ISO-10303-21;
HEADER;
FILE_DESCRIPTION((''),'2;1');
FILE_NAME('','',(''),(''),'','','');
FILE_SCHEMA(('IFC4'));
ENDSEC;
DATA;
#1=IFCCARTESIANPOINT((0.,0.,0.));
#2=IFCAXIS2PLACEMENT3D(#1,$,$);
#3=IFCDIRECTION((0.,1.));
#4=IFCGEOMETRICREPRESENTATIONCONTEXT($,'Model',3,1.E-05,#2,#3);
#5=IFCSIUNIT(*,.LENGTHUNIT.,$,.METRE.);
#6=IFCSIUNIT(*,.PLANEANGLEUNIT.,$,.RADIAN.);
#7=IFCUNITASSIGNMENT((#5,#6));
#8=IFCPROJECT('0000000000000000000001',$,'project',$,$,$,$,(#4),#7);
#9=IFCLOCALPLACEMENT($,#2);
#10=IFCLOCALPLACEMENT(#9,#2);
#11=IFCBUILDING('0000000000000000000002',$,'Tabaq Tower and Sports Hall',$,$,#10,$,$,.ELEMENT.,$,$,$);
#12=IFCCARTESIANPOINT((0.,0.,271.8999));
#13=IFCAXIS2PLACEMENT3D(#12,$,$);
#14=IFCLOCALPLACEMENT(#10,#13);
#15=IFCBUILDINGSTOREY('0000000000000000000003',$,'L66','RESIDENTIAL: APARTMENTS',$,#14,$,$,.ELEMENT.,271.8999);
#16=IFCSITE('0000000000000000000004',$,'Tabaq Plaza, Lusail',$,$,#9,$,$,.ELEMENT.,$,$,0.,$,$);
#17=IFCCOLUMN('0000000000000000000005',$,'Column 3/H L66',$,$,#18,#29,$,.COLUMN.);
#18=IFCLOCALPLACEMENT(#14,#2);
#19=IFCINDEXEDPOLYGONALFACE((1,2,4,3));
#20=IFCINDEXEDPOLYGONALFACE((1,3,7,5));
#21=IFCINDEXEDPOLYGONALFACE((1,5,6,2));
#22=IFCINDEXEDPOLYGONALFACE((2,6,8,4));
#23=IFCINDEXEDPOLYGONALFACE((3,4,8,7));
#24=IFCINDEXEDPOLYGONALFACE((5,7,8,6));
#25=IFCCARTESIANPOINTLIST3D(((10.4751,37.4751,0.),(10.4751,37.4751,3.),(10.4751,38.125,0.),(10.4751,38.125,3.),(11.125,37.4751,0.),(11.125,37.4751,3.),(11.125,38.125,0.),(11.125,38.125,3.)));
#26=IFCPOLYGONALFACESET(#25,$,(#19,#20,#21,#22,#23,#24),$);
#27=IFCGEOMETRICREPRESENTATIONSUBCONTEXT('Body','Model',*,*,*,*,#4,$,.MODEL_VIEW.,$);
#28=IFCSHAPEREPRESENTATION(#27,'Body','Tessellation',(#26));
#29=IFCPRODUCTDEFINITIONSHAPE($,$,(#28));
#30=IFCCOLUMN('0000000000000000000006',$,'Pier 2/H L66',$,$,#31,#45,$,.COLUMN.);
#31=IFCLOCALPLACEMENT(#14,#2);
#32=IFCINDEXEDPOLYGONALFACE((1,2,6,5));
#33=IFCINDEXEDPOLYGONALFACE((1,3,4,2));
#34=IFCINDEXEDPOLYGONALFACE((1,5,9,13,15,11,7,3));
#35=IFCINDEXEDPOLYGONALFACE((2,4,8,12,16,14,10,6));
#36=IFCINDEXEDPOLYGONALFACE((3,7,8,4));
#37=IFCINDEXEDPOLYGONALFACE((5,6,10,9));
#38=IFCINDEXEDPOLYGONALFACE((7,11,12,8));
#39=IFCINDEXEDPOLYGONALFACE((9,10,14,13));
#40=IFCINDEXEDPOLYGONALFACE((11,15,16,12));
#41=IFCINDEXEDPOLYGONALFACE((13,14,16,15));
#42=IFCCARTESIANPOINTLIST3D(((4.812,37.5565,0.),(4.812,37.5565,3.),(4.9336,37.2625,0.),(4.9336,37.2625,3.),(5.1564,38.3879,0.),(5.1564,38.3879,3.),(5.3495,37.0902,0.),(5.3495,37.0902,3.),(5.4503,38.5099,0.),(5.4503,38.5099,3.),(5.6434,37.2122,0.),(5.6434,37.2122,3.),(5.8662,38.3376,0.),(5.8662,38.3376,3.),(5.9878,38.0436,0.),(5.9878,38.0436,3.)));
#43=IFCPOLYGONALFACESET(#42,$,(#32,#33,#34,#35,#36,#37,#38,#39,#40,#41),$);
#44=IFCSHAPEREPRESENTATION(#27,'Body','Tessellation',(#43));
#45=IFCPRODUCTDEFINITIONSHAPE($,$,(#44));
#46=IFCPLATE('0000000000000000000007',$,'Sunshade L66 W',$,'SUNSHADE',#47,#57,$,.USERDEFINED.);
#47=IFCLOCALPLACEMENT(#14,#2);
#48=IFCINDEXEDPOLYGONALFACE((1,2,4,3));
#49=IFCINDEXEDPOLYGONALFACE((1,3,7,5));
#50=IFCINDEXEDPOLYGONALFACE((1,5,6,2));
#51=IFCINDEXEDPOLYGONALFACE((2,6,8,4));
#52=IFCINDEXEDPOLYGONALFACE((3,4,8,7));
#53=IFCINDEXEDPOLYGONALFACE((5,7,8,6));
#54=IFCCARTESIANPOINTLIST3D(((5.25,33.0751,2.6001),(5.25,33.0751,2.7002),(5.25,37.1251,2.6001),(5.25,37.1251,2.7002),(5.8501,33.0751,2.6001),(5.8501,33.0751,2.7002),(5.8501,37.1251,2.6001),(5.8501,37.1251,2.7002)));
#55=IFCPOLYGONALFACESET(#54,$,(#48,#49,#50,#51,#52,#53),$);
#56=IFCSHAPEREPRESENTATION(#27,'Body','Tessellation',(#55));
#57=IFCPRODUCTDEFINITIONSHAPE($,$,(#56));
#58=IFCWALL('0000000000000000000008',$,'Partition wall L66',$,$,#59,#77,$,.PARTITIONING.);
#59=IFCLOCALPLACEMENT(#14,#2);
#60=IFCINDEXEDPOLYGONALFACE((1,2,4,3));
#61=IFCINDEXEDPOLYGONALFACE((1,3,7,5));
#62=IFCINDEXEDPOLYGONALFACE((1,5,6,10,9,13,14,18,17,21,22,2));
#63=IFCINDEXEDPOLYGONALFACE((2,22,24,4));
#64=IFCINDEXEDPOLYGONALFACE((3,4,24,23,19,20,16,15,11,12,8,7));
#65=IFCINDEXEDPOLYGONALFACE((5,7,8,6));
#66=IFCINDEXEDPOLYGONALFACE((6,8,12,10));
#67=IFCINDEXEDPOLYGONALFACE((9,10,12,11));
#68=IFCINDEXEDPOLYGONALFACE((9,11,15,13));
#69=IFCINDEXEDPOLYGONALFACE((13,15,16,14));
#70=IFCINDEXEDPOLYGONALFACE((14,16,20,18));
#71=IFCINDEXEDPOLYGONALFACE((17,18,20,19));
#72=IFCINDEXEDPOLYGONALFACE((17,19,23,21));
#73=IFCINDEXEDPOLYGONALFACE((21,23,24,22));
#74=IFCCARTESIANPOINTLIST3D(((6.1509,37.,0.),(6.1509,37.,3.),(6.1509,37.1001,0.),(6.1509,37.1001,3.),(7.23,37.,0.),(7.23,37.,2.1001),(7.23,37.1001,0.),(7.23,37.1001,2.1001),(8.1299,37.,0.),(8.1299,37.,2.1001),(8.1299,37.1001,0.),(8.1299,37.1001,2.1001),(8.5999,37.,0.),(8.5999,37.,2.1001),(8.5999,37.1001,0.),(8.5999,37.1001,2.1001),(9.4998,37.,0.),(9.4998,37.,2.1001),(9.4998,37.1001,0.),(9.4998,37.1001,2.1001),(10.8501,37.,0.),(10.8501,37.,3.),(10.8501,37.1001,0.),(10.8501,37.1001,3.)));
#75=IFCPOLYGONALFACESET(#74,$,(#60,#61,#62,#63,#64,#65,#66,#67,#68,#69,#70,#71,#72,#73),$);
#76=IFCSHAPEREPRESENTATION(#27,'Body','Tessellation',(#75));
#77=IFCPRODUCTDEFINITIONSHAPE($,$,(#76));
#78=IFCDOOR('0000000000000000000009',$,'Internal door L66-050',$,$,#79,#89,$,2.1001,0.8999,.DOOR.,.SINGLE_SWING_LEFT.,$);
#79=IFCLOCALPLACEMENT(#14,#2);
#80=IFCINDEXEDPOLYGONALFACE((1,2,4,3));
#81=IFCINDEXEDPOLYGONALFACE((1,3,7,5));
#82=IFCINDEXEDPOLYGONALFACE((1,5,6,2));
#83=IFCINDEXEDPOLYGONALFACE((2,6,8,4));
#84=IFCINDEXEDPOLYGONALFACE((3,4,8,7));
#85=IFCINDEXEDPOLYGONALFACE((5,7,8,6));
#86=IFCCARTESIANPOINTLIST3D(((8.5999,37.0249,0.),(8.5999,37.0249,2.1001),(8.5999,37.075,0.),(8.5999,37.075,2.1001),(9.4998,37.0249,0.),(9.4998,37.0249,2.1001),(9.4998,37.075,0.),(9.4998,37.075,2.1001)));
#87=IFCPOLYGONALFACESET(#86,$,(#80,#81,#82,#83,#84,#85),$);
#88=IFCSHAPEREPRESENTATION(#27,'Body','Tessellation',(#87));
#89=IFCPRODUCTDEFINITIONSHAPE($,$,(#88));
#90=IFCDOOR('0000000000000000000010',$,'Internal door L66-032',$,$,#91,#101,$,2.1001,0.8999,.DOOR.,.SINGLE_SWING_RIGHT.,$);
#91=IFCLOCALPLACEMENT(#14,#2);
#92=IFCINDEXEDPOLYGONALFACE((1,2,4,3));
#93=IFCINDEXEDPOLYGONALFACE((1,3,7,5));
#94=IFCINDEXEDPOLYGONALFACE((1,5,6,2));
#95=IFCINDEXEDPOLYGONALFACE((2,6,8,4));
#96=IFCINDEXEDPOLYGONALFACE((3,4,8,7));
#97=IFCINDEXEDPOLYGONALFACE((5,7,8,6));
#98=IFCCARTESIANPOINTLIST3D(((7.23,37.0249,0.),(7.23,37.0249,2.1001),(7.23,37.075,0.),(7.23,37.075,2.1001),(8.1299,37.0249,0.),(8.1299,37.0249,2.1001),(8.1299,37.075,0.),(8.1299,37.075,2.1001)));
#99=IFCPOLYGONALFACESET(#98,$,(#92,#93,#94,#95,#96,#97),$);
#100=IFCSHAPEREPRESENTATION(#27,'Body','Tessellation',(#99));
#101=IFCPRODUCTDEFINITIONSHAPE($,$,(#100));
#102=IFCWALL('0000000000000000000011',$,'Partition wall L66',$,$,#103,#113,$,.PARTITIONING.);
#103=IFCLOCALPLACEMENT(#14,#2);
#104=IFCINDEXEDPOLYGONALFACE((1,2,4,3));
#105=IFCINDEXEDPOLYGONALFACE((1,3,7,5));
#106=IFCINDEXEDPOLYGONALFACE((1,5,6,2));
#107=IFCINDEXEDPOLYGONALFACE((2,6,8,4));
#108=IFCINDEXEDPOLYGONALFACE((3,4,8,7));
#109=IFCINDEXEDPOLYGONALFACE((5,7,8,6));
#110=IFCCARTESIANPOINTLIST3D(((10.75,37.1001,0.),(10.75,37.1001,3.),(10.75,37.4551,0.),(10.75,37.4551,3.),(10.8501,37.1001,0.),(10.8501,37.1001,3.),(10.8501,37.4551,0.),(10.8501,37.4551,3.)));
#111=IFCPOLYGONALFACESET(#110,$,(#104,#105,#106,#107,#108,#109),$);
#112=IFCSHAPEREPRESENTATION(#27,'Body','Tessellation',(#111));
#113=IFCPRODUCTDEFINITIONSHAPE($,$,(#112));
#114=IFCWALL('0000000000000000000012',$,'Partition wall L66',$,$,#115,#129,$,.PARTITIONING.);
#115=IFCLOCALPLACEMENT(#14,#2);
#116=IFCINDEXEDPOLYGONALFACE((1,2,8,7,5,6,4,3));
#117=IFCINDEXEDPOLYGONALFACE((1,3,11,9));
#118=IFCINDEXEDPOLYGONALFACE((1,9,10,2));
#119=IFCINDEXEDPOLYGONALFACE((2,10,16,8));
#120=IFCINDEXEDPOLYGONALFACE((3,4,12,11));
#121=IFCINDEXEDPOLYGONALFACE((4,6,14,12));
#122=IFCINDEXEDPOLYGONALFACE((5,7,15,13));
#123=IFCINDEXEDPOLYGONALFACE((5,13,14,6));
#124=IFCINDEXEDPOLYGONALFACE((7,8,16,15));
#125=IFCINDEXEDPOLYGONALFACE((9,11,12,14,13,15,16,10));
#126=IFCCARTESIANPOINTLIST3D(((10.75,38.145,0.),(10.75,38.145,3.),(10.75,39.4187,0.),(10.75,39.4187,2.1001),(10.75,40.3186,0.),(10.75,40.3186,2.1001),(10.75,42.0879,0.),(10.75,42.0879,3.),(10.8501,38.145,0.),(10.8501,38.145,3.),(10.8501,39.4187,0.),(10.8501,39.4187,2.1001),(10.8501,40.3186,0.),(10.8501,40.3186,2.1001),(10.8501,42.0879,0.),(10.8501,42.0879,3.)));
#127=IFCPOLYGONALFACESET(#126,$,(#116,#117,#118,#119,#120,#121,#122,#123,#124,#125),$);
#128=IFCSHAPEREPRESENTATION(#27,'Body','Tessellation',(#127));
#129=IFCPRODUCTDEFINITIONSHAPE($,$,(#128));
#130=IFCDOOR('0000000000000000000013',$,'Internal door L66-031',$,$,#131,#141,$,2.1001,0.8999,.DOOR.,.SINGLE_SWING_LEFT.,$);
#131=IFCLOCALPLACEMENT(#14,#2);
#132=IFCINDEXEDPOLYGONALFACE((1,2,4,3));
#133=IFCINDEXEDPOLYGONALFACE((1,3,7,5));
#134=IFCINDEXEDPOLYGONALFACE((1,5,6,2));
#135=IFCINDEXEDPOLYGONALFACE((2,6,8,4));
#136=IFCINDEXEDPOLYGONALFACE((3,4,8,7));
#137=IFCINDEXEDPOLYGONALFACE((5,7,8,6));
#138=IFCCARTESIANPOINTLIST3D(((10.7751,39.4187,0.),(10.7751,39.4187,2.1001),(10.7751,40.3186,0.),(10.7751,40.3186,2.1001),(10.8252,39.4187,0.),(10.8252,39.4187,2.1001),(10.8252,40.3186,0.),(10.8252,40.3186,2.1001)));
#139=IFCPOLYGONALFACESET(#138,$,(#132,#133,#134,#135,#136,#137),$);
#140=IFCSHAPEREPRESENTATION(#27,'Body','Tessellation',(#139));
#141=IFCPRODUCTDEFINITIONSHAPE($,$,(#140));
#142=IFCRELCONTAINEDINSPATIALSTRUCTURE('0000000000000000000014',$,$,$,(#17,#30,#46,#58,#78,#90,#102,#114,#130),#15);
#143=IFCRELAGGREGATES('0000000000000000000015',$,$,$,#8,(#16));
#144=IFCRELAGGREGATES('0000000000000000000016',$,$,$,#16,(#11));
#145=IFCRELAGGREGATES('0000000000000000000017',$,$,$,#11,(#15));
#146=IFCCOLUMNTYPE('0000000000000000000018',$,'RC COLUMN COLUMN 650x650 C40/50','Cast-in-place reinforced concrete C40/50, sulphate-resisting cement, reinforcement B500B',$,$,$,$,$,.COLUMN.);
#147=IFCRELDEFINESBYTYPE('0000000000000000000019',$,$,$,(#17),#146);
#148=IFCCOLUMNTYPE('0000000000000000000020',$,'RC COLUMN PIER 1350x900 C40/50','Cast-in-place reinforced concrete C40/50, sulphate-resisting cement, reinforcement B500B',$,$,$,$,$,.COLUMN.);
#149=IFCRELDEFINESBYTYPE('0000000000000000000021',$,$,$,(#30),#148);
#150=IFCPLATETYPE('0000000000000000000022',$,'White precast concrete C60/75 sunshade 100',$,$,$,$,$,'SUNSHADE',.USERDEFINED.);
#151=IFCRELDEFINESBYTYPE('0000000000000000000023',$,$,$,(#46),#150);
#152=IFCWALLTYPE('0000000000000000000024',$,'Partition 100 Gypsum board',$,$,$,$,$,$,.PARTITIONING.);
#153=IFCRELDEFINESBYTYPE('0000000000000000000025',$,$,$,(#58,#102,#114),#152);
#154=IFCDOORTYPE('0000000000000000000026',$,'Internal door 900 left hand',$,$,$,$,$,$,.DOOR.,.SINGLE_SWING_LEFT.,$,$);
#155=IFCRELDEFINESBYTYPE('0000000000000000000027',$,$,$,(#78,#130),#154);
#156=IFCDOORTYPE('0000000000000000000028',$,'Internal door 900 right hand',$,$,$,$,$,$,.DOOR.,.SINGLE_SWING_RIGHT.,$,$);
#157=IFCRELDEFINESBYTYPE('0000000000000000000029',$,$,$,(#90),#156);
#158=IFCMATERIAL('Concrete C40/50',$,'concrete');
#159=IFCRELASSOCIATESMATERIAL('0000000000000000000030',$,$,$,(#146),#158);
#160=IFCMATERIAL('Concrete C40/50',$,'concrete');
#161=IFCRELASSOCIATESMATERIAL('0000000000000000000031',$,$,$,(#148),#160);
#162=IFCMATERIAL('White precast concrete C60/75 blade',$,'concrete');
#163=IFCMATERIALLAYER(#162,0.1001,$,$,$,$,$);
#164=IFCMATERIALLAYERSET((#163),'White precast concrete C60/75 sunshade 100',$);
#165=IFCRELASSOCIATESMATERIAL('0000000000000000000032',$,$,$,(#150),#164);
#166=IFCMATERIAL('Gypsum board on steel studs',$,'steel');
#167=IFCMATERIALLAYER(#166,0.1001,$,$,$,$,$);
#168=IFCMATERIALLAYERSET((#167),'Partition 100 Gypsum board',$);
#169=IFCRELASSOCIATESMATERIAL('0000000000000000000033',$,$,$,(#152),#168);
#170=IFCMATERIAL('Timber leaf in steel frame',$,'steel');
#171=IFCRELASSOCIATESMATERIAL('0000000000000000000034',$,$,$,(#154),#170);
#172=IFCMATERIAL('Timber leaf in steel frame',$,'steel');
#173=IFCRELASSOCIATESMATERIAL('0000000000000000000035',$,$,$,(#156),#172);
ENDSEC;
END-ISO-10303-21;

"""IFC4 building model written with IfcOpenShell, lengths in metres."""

from ifc_helpers import new_model, si_unit, direction, frame, frame_2d, origin, origin_2d, place, context, subcontext, project, spatial, polyline, rectangle, outline, extrude, material, layer, layer_set, material_profile, profile_set, type_object, element, fill, save


model = new_model("IFC4")

# Units and contexts
model_context = context("Model", 3, precision=1e-05, world=origin(), true_north=direction((0.0, 1.0)))
body_context = subcontext(model_context, "Body", "Model", "MODEL_VIEW")
ifc_project = project(units=[si_unit("LENGTHUNIT", "METRE"), si_unit("PLANEANGLEUNIT", "RADIAN")], contexts=[model_context])

# Site, building, storey
site_placement = place(None, origin())
site = spatial("IfcSite", under=ifc_project, at=site_placement, Name="Tabaq Plaza, Lusail", CompositionType="ELEMENT", RefElevation=0.0)
building_placement = place(site_placement, origin())
building = spatial("IfcBuilding", under=site, at=building_placement, Name="Tabaq Tower and Sports Hall", CompositionType="ELEMENT")
storey_placement = place(building_placement, frame((0.0, 0.0, 271.8999)))
storey = spatial("IfcBuildingStorey", under=building, at=storey_placement, Name="L66", Description="RESIDENTIAL: APARTMENTS", CompositionType="ELEMENT", Elevation=271.8999)

# Columns
ifc_material_1 = material(Name="Concrete C40/50", Category="concrete")
ifc_material_profile_1 = material_profile(ifc_material_1, rectangle(XDim=0.6499, YDim=0.6499, at=origin_2d()), Name="COLUMN 650x650")
ifc_profile_set_1 = profile_set([ifc_material_profile_1], Name="Concrete C40/50")
column_type_1 = type_object("IfcColumnType", Name="RC COLUMN COLUMN 650x650 C40/50", Description="Cast-in-place reinforced concrete C40/50, sulphate-resisting cement, reinforcement B500B", PredefinedType="COLUMN", material=ifc_profile_set_1)
column_1_placement = place(storey_placement, frame((10.8, 37.8, 0.0), z_axis=(0.0, 0.0, 1.0), x_axis=(1.0, 0.0, 0.0)))
element("IfcColumn", 1, at=column_1_placement, inside=storey, type_object=column_type_1, Name="Column 3/H L66", PredefinedType="COLUMN", context=body_context, shape_type="SweptSolid", body=[
    extrude(rectangle(XDim=0.6499, YDim=0.6499, at=origin_2d()), origin(), (0.0, 0.0, 1.0), 3.0),
])
ifc_material_2 = material(Name="Concrete C40/50", Category="concrete")
ifc_material_profile_2 = material_profile(ifc_material_2, outline(polyline([(-0.45, -0.45), (0.45, -0.45), (0.675, -0.2251), (0.675, 0.2251), (0.45, 0.45), (-0.45, 0.45), (-0.675, 0.2251), (-0.675, -0.2251), (-0.45, -0.45)])), Name="PIER 1350x900")
ifc_profile_set_2 = profile_set([ifc_material_profile_2], Name="Concrete C40/50")
column_type_2 = type_object("IfcColumnType", Name="RC COLUMN PIER 1350x900 C40/50", Description="Cast-in-place reinforced concrete C40/50, sulphate-resisting cement, reinforcement B500B", PredefinedType="COLUMN", material=ifc_profile_set_2)
column_2_placement = place(storey_placement, frame((5.3999, 37.8, 0.0), z_axis=(0.0, 0.0, 1.0), x_axis=(0.382683, 0.92388, 0.0)))
element("IfcColumn", 2, at=column_2_placement, inside=storey, type_object=column_type_2, Name="Pier 2/H L66", PredefinedType="COLUMN", context=body_context, shape_type="SweptSolid", body=[
    extrude(outline(polyline([(-0.45, -0.45), (0.45, -0.45), (0.675, -0.2251), (0.675, 0.2251), (0.45, 0.45), (-0.45, 0.45), (-0.675, 0.2251), (-0.675, -0.2251), (-0.45, -0.45)])), origin(), (0.0, 0.0, 1.0), 3.0),
])

# Plate
ifc_material_3 = material(Name="White precast concrete C60/75 blade", Category="concrete")
ifc_layer_1 = layer(ifc_material_3, 0.1001)
ifc_layer_set_1 = layer_set([ifc_layer_1], Name="White precast concrete C60/75 sunshade 100")
plate_type = type_object("IfcPlateType", Name="White precast concrete C60/75 sunshade 100", ElementType="SUNSHADE", PredefinedType="USERDEFINED", material=ifc_layer_set_1)
plate_placement = place(storey_placement, frame((5.55, 35.1001, 2.6001), z_axis=(0.0, 0.0, 1.0), x_axis=(0.0, -1.0, 0.0)))
element("IfcPlate", 3, at=plate_placement, inside=storey, type_object=plate_type, Name="Sunshade L66 W", ObjectType="SUNSHADE", PredefinedType="USERDEFINED", context=body_context, shape_type="SweptSolid", body=[
    extrude(rectangle(XDim=4.05, YDim=0.6001, at=origin_2d()), origin(), (0.0, 0.0, 1.0), 0.1001),
])

# Wall, openings, doors
ifc_material_4 = material(Name="Gypsum board on steel studs", Category="steel")
ifc_layer_2 = layer(ifc_material_4, 0.1001)
ifc_layer_set_2 = layer_set([ifc_layer_2], Name="Partition 100 Gypsum board")
wall_type_1 = type_object("IfcWallType", Name="Partition 100 Gypsum board", PredefinedType="PARTITIONING", material=ifc_layer_set_2)
wall_1_placement = place(storey_placement, frame((6.1509, 37.05, 0.0), z_axis=(0.0, 0.0, 1.0), x_axis=(1.0, 0.0, 0.0)))
wall_1 = element("IfcWall", 4, at=wall_1_placement, inside=storey, type_object=wall_type_1, Name="Partition wall L66", PredefinedType="PARTITIONING", context=body_context, shape_type="SweptSolid", body=[
    extrude(rectangle(XDim=4.6992, YDim=0.1001, at=frame_2d((2.3496, 0.0))), origin(), (0.0, 0.0, 1.0), 3.0),
])
opening_1_placement = place(wall_1_placement, frame((1.0791, 0.0, 0.0)))
opening_1 = element("IfcOpeningElement", 5, at=opening_1_placement, cuts=wall_1, PredefinedType="OPENING", context=body_context, shape_type="SweptSolid", body=[
    extrude(rectangle(XDim=0.8999, YDim=2.1001, at=frame_2d((0.45, 1.05))), frame((0.0, 0.05, 0.0), z_axis=(0.0, -1.0, 0.0), x_axis=(1.0, 0.0, 0.0)), (0.0, 0.0, 1.0), 0.1001),
])
opening_2_placement = place(wall_1_placement, frame((2.449, 0.0, 0.0)))
opening_2 = element("IfcOpeningElement", 6, at=opening_2_placement, cuts=wall_1, PredefinedType="OPENING", context=body_context, shape_type="SweptSolid", body=[
    extrude(rectangle(XDim=0.8999, YDim=2.1001, at=frame_2d((0.45, 1.05))), frame((0.0, 0.05, 0.0), z_axis=(0.0, -1.0, 0.0), x_axis=(1.0, 0.0, 0.0)), (0.0, 0.0, 1.0), 0.1001),
])
ifc_material_5 = material(Name="Timber leaf in steel frame", Category="steel")
door_type_1 = type_object("IfcDoorType", Name="Internal door 900 left hand", OperationType="SINGLE_SWING_LEFT", PredefinedType="DOOR", material=ifc_material_5)
door_1_placement = place(opening_2_placement, origin())
door_1 = element("IfcDoor", 7, at=door_1_placement, inside=storey, type_object=door_type_1, Name="Internal door L66-050", OperationType="SINGLE_SWING_LEFT", OverallHeight=2.1001, OverallWidth=0.8999, PredefinedType="DOOR", context=body_context, shape_type="SweptSolid", body=[
    extrude(rectangle(XDim=0.8999, YDim=2.1001, at=frame_2d((0.45, 1.05))), frame((0.0, 0.0249, 0.0), z_axis=(0.0, -1.0, 0.0), x_axis=(1.0, 0.0, 0.0)), (0.0, 0.0, 1.0), 0.05),
])
fill(opening_2, door_1)
ifc_material_6 = material(Name="Timber leaf in steel frame", Category="steel")
door_type_2 = type_object("IfcDoorType", Name="Internal door 900 right hand", OperationType="SINGLE_SWING_RIGHT", PredefinedType="DOOR", material=ifc_material_6)
door_2_placement = place(opening_1_placement, origin())
door_2 = element("IfcDoor", 8, at=door_2_placement, inside=storey, type_object=door_type_2, Name="Internal door L66-032", OperationType="SINGLE_SWING_RIGHT", OverallHeight=2.1001, OverallWidth=0.8999, PredefinedType="DOOR", context=body_context, shape_type="SweptSolid", body=[
    extrude(rectangle(XDim=0.8999, YDim=2.1001, at=frame_2d((0.45, 1.05))), frame((0.0, 0.0249, 0.0), z_axis=(0.0, -1.0, 0.0), x_axis=(1.0, 0.0, 0.0)), (0.0, 0.0, 1.0), 0.05),
])
fill(opening_1, door_2)

# Wall
wall_2_placement = place(storey_placement, frame((10.8, 37.1001, 0.0), z_axis=(0.0, 0.0, 1.0), x_axis=(0.0, 1.0, 0.0)))
element("IfcWall", 9, at=wall_2_placement, inside=storey, type_object=wall_type_1, Name="Partition wall L66", PredefinedType="PARTITIONING", context=body_context, shape_type="SweptSolid", body=[
    extrude(rectangle(XDim=0.355, YDim=0.1001, at=frame_2d((0.1775, 0.0))), origin(), (0.0, 0.0, 1.0), 3.0),
])

# Wall, opening, door
wall_3_placement = place(storey_placement, frame((10.8, 38.145, 0.0), z_axis=(0.0, 0.0, 1.0), x_axis=(0.0, 1.0, 0.0)))
wall_3 = element("IfcWall", 10, at=wall_3_placement, inside=storey, type_object=wall_type_1, Name="Partition wall L66", PredefinedType="PARTITIONING", context=body_context, shape_type="SweptSolid", body=[
    extrude(rectangle(XDim=3.9429, YDim=0.1001, at=frame_2d((1.9714, 0.0))), origin(), (0.0, 0.0, 1.0), 3.0),
])
opening_3_placement = place(wall_3_placement, frame((1.2737, 0.0, 0.0)))
opening_3 = element("IfcOpeningElement", 11, at=opening_3_placement, cuts=wall_3, PredefinedType="OPENING", context=body_context, shape_type="SweptSolid", body=[
    extrude(rectangle(XDim=0.8999, YDim=2.1001, at=frame_2d((0.45, 1.05))), frame((0.0, 0.05, 0.0), z_axis=(0.0, -1.0, 0.0), x_axis=(1.0, 0.0, 0.0)), (0.0, 0.0, 1.0), 0.1001),
])
door_3_placement = place(opening_3_placement, origin())
door_3 = element("IfcDoor", 12, at=door_3_placement, inside=storey, type_object=door_type_1, Name="Internal door L66-031", OperationType="SINGLE_SWING_LEFT", OverallHeight=2.1001, OverallWidth=0.8999, PredefinedType="DOOR", context=body_context, shape_type="SweptSolid", body=[
    extrude(rectangle(XDim=0.8999, YDim=2.1001, at=frame_2d((0.45, 1.05))), frame((0.0, 0.0249, 0.0), z_axis=(0.0, -1.0, 0.0), x_axis=(1.0, 0.0, 0.0)), (0.0, 0.0, 1.0), 0.05),
])
fill(opening_3, door_3)

save(model, "model.ifc")
